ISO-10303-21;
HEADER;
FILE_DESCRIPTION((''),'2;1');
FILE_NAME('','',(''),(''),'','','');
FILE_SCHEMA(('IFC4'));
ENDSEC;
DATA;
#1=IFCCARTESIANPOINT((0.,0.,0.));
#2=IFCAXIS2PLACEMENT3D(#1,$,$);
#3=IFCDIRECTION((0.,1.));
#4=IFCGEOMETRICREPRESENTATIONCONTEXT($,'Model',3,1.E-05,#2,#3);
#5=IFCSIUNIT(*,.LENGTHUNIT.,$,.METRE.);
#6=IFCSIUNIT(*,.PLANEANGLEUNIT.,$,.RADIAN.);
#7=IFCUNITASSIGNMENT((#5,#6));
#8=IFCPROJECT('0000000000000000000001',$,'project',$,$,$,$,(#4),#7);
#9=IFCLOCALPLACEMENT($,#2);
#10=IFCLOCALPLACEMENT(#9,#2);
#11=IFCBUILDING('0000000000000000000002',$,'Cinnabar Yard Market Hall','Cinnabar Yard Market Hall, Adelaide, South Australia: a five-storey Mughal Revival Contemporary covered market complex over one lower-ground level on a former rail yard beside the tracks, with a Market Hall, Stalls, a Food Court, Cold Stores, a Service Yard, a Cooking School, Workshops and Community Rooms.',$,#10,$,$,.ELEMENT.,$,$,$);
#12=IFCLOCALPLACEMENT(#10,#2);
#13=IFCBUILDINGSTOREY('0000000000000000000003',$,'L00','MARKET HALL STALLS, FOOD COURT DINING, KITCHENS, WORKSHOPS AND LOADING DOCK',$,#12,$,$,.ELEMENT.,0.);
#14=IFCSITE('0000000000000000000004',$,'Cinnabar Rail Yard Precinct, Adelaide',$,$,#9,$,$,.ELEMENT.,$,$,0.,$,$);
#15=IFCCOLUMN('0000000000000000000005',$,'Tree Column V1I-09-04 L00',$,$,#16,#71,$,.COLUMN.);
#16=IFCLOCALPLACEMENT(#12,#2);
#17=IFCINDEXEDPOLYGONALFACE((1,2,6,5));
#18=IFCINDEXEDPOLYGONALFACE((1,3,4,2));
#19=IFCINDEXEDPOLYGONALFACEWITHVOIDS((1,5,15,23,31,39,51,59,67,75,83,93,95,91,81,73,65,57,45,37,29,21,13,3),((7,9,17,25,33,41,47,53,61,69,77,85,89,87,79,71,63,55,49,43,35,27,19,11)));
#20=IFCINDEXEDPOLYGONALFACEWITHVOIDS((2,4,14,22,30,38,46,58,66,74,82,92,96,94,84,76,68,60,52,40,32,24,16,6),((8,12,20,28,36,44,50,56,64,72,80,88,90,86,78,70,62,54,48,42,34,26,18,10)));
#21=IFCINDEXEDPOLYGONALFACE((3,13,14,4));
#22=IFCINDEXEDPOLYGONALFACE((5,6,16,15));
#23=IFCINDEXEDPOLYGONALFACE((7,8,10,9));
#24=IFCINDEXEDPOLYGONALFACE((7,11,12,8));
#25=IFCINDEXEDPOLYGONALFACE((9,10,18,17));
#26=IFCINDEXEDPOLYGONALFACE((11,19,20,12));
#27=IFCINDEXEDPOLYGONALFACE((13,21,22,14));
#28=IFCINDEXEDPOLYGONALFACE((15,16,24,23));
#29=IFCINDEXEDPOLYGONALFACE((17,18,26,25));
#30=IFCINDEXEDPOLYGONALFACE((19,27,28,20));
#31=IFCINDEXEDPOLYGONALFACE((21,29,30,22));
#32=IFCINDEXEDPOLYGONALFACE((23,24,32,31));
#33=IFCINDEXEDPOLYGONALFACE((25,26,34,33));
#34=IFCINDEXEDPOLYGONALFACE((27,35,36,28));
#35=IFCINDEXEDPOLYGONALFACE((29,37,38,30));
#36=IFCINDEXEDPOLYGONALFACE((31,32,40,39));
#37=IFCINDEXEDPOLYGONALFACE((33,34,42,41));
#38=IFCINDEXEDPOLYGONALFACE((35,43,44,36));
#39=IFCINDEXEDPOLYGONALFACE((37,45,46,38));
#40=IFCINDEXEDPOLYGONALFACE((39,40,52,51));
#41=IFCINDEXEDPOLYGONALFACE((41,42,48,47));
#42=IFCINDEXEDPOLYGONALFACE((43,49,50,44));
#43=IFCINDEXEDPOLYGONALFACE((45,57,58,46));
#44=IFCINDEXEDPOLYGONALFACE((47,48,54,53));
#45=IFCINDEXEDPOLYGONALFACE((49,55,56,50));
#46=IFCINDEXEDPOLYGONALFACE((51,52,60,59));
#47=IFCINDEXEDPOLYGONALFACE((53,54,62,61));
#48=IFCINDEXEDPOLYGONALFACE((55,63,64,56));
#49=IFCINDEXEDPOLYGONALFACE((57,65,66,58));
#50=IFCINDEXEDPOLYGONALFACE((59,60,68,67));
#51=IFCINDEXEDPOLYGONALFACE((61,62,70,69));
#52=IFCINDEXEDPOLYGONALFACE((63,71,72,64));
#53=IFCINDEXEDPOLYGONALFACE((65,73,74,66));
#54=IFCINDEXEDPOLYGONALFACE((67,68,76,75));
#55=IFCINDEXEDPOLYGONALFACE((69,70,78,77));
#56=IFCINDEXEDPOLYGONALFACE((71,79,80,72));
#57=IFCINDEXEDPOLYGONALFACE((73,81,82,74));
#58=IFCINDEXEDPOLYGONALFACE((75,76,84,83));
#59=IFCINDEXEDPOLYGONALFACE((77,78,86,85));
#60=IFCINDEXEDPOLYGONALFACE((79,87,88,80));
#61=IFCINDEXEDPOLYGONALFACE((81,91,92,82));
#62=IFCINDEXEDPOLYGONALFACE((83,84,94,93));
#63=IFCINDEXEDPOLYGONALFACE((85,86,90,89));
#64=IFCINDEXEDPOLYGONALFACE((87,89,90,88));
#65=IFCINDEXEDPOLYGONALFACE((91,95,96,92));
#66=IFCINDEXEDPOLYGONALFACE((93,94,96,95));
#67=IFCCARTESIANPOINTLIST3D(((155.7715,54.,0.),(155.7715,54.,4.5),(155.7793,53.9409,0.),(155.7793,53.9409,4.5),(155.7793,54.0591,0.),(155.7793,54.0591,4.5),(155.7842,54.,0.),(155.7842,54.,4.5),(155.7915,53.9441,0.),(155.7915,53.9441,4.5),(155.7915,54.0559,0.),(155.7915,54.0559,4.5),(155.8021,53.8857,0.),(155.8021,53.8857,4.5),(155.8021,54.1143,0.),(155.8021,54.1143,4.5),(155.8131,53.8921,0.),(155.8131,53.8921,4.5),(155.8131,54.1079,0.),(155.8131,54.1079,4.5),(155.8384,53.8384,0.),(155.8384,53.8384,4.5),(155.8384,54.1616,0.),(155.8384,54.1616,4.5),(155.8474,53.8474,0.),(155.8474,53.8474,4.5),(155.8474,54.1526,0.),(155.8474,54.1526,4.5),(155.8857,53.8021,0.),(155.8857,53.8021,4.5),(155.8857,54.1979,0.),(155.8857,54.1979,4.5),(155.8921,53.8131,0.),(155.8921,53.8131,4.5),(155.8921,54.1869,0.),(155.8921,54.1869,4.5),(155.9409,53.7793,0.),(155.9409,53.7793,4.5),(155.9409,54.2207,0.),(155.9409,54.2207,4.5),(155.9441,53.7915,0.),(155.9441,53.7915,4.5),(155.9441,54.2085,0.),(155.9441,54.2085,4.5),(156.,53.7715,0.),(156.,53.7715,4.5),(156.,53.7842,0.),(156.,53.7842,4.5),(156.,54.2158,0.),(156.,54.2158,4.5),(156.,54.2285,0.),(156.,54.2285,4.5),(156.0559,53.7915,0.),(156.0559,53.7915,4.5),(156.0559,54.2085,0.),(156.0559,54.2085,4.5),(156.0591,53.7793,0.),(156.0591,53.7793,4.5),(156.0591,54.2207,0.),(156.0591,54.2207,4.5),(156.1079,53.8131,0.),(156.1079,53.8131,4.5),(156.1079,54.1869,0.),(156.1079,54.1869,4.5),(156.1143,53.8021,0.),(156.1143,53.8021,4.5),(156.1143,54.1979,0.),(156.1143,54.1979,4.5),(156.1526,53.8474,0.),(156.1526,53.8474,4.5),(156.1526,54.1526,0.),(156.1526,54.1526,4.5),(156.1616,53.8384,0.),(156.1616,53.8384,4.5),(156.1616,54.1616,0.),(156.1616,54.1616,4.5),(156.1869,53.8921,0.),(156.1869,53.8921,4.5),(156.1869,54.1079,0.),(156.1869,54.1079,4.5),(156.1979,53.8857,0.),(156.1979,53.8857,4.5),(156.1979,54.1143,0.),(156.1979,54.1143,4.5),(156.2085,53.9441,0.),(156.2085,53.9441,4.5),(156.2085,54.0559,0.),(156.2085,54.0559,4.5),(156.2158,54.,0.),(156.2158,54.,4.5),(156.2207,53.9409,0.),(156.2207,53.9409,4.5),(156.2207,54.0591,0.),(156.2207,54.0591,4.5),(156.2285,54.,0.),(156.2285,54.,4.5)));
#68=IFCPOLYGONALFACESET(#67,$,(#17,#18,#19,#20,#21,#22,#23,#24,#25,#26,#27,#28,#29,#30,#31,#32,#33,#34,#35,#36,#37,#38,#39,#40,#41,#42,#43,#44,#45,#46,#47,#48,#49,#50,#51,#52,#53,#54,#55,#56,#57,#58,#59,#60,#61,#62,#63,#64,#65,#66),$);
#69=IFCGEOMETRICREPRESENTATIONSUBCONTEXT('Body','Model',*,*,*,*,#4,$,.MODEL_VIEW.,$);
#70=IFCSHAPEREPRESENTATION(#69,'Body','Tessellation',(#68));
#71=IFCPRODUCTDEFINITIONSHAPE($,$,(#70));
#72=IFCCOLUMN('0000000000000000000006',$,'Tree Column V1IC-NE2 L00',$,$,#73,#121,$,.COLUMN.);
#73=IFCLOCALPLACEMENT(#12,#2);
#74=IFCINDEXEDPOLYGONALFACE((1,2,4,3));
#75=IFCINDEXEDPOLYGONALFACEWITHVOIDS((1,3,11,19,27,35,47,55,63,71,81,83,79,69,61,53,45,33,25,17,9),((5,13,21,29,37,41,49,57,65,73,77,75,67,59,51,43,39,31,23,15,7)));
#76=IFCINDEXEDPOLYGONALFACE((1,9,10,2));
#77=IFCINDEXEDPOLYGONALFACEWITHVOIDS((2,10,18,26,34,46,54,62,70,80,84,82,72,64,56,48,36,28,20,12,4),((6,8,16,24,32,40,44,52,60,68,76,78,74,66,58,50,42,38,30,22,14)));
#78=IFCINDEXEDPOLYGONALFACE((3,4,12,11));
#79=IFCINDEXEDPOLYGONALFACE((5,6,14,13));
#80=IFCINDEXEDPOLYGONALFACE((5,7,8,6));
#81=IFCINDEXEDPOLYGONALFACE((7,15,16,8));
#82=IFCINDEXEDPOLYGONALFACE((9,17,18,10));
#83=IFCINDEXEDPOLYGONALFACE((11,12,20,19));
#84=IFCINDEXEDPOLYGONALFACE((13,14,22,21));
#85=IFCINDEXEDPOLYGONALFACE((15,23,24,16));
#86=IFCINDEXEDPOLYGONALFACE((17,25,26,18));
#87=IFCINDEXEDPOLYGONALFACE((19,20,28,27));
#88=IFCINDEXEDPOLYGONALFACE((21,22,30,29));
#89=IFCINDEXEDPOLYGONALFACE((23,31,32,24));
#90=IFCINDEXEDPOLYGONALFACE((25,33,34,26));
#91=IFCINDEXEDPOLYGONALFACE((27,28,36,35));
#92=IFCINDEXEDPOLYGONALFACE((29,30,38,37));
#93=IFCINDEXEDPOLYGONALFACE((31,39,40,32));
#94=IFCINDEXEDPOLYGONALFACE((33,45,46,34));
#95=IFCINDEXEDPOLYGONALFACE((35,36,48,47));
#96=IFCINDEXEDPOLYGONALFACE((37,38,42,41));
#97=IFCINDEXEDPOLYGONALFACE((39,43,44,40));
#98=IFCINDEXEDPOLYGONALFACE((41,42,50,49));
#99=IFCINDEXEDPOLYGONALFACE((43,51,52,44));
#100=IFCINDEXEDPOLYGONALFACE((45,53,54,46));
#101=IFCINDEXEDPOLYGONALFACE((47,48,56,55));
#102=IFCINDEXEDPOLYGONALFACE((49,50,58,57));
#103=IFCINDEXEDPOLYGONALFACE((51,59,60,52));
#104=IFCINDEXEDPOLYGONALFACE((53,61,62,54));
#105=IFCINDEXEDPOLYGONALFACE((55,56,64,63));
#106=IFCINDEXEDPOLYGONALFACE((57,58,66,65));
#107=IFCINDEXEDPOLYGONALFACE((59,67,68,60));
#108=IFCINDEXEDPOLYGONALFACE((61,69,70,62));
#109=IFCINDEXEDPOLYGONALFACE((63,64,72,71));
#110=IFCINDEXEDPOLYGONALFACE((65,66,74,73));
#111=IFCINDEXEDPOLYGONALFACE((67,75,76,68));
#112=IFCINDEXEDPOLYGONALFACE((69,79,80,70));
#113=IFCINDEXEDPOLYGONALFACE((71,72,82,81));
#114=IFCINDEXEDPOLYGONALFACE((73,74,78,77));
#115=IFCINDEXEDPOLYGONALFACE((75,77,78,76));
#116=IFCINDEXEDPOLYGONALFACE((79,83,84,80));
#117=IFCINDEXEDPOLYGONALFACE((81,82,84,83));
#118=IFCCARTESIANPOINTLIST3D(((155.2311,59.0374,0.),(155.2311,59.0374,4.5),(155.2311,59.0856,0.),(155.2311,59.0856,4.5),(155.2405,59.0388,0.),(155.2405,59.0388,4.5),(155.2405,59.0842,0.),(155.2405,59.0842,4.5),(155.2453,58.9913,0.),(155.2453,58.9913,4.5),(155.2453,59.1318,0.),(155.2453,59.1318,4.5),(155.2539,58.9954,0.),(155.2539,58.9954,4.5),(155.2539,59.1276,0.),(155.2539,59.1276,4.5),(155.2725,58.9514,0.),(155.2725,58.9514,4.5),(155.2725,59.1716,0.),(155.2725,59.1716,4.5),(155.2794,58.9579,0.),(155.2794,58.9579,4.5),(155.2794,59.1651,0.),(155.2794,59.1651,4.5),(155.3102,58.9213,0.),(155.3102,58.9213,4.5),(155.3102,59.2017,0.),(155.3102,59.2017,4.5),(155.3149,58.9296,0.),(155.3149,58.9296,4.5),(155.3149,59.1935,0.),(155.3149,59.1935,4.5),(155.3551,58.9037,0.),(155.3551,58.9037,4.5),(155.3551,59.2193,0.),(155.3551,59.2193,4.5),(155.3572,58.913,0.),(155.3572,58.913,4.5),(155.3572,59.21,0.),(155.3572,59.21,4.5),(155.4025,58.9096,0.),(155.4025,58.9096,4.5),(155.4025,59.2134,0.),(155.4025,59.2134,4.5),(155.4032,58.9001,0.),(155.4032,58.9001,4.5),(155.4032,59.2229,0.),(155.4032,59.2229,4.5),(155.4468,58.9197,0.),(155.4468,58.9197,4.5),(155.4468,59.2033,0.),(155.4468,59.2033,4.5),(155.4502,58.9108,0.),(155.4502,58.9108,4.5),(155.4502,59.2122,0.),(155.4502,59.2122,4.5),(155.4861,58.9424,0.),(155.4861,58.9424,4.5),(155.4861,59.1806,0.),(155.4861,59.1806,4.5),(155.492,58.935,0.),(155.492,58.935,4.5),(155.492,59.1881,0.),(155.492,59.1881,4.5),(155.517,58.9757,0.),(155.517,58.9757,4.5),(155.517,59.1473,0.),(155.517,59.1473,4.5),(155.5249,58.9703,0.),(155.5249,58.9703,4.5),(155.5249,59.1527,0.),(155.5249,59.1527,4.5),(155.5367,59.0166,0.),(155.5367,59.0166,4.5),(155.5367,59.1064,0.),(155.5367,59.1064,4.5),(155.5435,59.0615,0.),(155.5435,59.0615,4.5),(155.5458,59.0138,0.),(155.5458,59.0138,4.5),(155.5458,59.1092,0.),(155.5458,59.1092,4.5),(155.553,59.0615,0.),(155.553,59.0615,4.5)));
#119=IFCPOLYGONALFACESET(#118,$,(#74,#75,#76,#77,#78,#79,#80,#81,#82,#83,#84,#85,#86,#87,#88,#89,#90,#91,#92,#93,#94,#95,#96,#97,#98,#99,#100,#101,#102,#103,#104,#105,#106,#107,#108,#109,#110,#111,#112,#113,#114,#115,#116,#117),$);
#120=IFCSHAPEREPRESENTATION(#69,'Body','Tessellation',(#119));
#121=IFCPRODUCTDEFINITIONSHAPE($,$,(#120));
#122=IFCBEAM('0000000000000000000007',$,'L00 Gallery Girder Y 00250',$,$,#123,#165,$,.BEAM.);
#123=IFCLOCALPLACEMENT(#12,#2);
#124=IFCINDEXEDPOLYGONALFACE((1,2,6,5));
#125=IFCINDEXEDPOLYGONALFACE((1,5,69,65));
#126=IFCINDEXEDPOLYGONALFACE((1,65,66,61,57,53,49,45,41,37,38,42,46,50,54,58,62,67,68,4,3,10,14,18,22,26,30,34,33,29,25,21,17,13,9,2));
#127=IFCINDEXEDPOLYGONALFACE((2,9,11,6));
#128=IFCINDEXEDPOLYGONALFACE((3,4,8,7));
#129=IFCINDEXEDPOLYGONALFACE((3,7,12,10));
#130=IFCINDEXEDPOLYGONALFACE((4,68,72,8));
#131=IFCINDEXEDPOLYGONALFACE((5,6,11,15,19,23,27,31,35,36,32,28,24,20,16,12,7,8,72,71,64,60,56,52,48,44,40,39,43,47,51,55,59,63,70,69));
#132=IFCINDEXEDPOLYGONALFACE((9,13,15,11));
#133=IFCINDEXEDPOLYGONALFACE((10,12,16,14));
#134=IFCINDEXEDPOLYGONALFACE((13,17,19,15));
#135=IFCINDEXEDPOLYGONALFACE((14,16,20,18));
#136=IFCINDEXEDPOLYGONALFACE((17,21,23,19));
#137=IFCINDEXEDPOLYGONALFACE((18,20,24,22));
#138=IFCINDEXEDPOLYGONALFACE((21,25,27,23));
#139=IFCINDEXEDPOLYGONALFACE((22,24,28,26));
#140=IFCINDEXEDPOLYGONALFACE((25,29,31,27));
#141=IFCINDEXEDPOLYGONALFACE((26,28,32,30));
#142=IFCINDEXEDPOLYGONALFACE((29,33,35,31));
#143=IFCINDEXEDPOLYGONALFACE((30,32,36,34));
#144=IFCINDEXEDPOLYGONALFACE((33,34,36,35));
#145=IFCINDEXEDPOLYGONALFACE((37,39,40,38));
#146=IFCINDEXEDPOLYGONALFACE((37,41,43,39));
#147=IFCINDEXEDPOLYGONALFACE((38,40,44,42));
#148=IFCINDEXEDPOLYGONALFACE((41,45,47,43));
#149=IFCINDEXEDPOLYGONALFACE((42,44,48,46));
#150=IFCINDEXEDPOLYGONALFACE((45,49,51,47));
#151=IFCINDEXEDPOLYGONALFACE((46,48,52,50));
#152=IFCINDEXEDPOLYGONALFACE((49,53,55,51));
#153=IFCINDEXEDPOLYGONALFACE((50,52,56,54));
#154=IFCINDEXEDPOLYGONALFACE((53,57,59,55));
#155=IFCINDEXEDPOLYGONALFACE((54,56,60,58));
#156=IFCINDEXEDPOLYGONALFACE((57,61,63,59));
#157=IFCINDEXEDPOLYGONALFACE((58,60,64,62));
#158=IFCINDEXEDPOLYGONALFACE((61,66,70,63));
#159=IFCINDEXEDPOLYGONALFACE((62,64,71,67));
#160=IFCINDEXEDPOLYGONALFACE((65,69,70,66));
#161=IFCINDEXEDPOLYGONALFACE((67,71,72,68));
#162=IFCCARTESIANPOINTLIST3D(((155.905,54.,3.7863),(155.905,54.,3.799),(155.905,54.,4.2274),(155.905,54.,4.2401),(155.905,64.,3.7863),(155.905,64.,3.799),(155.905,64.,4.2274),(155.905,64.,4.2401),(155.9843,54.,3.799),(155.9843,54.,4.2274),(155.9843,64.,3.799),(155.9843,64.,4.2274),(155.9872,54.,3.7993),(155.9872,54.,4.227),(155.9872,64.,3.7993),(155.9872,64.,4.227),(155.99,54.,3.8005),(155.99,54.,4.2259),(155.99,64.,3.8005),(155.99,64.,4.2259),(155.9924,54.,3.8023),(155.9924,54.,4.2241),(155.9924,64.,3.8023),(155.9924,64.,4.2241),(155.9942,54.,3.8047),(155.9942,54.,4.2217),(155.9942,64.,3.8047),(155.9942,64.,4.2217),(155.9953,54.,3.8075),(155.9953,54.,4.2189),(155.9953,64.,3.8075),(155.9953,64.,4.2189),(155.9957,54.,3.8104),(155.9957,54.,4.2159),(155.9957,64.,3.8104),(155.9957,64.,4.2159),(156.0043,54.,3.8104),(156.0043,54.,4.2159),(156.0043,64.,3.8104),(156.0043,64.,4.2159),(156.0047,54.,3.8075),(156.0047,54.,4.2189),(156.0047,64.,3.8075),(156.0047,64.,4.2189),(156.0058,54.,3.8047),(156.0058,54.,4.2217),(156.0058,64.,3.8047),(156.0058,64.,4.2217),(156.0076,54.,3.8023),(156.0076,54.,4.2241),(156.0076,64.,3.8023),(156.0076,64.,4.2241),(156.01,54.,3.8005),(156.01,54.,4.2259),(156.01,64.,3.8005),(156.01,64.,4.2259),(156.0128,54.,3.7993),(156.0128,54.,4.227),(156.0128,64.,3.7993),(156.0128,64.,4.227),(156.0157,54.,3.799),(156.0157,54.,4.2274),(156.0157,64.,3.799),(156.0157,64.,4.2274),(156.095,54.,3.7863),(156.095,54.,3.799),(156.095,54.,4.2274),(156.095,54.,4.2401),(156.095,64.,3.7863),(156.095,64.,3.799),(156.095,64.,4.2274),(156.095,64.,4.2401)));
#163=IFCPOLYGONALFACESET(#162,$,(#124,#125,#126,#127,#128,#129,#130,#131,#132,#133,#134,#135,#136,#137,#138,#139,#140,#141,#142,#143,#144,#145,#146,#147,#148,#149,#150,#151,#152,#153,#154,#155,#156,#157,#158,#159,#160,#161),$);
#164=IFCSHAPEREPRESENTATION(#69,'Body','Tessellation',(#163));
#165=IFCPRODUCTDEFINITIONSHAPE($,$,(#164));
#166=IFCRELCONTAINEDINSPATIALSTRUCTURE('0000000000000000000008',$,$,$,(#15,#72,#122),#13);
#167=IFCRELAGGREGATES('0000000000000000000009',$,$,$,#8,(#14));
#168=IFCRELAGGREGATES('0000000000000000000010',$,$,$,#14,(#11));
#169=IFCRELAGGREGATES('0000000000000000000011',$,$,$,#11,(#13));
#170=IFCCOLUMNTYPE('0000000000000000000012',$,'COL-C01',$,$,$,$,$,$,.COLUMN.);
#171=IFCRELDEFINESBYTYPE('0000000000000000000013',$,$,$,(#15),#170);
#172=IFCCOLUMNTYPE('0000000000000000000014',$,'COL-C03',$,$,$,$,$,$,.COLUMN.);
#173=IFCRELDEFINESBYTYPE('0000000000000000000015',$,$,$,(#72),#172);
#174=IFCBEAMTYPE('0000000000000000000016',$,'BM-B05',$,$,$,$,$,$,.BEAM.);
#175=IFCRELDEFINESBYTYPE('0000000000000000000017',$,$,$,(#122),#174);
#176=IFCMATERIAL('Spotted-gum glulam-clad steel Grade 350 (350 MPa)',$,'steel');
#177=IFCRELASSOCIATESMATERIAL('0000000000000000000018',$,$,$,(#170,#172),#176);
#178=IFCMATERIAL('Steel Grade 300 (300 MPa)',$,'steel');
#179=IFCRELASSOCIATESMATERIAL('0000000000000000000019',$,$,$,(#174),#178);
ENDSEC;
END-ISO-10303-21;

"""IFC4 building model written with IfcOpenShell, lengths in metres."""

from ifc_helpers import new_model, si_unit, direction, frame, origin, origin_2d_with_axis, place, context, subcontext, project, spatial, hollow_circle, i_section, extrude, material, material_profile, profile_set, type_object, element, save


model = new_model("IFC4")

# Units and contexts
model_context = context("Model", 3, precision=1e-05, world=origin(), true_north=direction((0.0, 1.0)))
body_context = subcontext(model_context, "Body", "Model", "MODEL_VIEW")
ifc_project = project(units=[si_unit("LENGTHUNIT", "METRE"), si_unit("PLANEANGLEUNIT", "RADIAN")], contexts=[model_context])

# Site, building, storey
site_placement = place(None, origin())
site = spatial("IfcSite", under=ifc_project, at=site_placement, Name="Cinnabar Rail Yard Precinct, Adelaide", CompositionType="ELEMENT", RefElevation=0.0)
building_placement = place(site_placement, origin())
building = spatial("IfcBuilding", under=site, at=building_placement, Name="Cinnabar Yard Market Hall", Description="Cinnabar Yard Market Hall, Adelaide, South Australia: a five-storey Mughal Revival Contemporary covered market complex over one lower-ground level on a former rail yard beside the tracks, with a Market Hall, Stalls, a Food Court, Cold Stores, a Service Yard, a Cooking School, Workshops and Community Rooms.", CompositionType="ELEMENT")
storey_placement = place(building_placement, origin())
storey = spatial("IfcBuildingStorey", under=building, at=storey_placement, Name="L00", Description="MARKET HALL STALLS, FOOD COURT DINING, KITCHENS, WORKSHOPS AND LOADING DOCK", CompositionType="ELEMENT", Elevation=0.0)

# Columns
ifc_material_1 = material(Name="Spotted-gum glulam-clad steel Grade 350 (350 MPa)", Category="steel")
ifc_material_profile_1 = material_profile(ifc_material_1, hollow_circle(Radius=0.2285, WallThickness=0.0127, at=origin_2d_with_axis()), Name="457.0x12.7CHS")
ifc_profile_set_1 = profile_set([ifc_material_profile_1], Name="Spotted-gum glulam-clad steel Grade 350 (350 MPa)")
column_type_1 = type_object("IfcColumnType", Name="COL-C01", PredefinedType="COLUMN", material=ifc_profile_set_1)
column_1_placement = place(storey_placement, frame((156.0, 54.0, 0.0), z_axis=(0.0, 0.0, 1.0), x_axis=(1.0, 0.0, 0.0)))
element("IfcColumn", 1, at=column_1_placement, inside=storey, type_object=column_type_1, Name="Tree Column V1I-09-04 L00", PredefinedType="COLUMN", context=body_context, shape_type="SweptSolid", body=[
    extrude(hollow_circle(Radius=0.2285, WallThickness=0.0127, at=origin_2d_with_axis()), origin(), (0.0, 0.0, 1.0), 4.5),
])
ifc_material_profile_2 = material_profile(ifc_material_1, hollow_circle(Radius=0.1619, WallThickness=0.0095, at=origin_2d_with_axis()), Name="323.9x9.5CHS")
ifc_profile_set_2 = profile_set([ifc_material_profile_2], Name="Spotted-gum glulam-clad steel Grade 350 (350 MPa)")
column_type_2 = type_object("IfcColumnType", Name="COL-C03", PredefinedType="COLUMN", material=ifc_profile_set_2)
column_2_placement = place(storey_placement, frame((155.3911, 59.0615, 0.0), z_axis=(0.0, 0.0, 1.0), x_axis=(1.0, 0.0, 0.0)))
element("IfcColumn", 2, at=column_2_placement, inside=storey, type_object=column_type_2, Name="Tree Column V1IC-NE2 L00", PredefinedType="COLUMN", context=body_context, shape_type="SweptSolid", body=[
    extrude(hollow_circle(Radius=0.1619, WallThickness=0.0095, at=origin_2d_with_axis()), origin(), (0.0, 0.0, 1.0), 4.5),
])

# Beam
ifc_material_2 = material(Name="Steel Grade 300 (300 MPa)", Category="steel")
ifc_material_profile_3 = material_profile(ifc_material_2, i_section(OverallWidth=0.1899, OverallDepth=0.4539, WebThickness=0.0085, FlangeThickness=0.0127, FilletRadius=0.0115, at=origin_2d_with_axis()), Name="460UB67.1")
ifc_profile_set_3 = profile_set([ifc_material_profile_3], Name="Steel Grade 300 (300 MPa)")
beam_type_1 = type_object("IfcBeamType", Name="BM-B05", PredefinedType="BEAM", material=ifc_profile_set_3)
beam_1_placement = place(storey_placement, frame((156.0, 54.0, 4.0132), z_axis=(0.0, 1.0, 0.0), x_axis=(-1.0, 0.0, 0.0)))
element("IfcBeam", 3, at=beam_1_placement, inside=storey, type_object=beam_type_1, Name="L00 Gallery Girder Y 00250", PredefinedType="BEAM", context=body_context, shape_type="SweptSolid", body=[
    extrude(i_section(OverallWidth=0.1899, OverallDepth=0.4539, WebThickness=0.0085, FlangeThickness=0.0127, FilletRadius=0.0115, at=origin_2d_with_axis()), origin(), (0.0, 0.0, 1.0), 10.0),
])

save(model, "model.ifc")
